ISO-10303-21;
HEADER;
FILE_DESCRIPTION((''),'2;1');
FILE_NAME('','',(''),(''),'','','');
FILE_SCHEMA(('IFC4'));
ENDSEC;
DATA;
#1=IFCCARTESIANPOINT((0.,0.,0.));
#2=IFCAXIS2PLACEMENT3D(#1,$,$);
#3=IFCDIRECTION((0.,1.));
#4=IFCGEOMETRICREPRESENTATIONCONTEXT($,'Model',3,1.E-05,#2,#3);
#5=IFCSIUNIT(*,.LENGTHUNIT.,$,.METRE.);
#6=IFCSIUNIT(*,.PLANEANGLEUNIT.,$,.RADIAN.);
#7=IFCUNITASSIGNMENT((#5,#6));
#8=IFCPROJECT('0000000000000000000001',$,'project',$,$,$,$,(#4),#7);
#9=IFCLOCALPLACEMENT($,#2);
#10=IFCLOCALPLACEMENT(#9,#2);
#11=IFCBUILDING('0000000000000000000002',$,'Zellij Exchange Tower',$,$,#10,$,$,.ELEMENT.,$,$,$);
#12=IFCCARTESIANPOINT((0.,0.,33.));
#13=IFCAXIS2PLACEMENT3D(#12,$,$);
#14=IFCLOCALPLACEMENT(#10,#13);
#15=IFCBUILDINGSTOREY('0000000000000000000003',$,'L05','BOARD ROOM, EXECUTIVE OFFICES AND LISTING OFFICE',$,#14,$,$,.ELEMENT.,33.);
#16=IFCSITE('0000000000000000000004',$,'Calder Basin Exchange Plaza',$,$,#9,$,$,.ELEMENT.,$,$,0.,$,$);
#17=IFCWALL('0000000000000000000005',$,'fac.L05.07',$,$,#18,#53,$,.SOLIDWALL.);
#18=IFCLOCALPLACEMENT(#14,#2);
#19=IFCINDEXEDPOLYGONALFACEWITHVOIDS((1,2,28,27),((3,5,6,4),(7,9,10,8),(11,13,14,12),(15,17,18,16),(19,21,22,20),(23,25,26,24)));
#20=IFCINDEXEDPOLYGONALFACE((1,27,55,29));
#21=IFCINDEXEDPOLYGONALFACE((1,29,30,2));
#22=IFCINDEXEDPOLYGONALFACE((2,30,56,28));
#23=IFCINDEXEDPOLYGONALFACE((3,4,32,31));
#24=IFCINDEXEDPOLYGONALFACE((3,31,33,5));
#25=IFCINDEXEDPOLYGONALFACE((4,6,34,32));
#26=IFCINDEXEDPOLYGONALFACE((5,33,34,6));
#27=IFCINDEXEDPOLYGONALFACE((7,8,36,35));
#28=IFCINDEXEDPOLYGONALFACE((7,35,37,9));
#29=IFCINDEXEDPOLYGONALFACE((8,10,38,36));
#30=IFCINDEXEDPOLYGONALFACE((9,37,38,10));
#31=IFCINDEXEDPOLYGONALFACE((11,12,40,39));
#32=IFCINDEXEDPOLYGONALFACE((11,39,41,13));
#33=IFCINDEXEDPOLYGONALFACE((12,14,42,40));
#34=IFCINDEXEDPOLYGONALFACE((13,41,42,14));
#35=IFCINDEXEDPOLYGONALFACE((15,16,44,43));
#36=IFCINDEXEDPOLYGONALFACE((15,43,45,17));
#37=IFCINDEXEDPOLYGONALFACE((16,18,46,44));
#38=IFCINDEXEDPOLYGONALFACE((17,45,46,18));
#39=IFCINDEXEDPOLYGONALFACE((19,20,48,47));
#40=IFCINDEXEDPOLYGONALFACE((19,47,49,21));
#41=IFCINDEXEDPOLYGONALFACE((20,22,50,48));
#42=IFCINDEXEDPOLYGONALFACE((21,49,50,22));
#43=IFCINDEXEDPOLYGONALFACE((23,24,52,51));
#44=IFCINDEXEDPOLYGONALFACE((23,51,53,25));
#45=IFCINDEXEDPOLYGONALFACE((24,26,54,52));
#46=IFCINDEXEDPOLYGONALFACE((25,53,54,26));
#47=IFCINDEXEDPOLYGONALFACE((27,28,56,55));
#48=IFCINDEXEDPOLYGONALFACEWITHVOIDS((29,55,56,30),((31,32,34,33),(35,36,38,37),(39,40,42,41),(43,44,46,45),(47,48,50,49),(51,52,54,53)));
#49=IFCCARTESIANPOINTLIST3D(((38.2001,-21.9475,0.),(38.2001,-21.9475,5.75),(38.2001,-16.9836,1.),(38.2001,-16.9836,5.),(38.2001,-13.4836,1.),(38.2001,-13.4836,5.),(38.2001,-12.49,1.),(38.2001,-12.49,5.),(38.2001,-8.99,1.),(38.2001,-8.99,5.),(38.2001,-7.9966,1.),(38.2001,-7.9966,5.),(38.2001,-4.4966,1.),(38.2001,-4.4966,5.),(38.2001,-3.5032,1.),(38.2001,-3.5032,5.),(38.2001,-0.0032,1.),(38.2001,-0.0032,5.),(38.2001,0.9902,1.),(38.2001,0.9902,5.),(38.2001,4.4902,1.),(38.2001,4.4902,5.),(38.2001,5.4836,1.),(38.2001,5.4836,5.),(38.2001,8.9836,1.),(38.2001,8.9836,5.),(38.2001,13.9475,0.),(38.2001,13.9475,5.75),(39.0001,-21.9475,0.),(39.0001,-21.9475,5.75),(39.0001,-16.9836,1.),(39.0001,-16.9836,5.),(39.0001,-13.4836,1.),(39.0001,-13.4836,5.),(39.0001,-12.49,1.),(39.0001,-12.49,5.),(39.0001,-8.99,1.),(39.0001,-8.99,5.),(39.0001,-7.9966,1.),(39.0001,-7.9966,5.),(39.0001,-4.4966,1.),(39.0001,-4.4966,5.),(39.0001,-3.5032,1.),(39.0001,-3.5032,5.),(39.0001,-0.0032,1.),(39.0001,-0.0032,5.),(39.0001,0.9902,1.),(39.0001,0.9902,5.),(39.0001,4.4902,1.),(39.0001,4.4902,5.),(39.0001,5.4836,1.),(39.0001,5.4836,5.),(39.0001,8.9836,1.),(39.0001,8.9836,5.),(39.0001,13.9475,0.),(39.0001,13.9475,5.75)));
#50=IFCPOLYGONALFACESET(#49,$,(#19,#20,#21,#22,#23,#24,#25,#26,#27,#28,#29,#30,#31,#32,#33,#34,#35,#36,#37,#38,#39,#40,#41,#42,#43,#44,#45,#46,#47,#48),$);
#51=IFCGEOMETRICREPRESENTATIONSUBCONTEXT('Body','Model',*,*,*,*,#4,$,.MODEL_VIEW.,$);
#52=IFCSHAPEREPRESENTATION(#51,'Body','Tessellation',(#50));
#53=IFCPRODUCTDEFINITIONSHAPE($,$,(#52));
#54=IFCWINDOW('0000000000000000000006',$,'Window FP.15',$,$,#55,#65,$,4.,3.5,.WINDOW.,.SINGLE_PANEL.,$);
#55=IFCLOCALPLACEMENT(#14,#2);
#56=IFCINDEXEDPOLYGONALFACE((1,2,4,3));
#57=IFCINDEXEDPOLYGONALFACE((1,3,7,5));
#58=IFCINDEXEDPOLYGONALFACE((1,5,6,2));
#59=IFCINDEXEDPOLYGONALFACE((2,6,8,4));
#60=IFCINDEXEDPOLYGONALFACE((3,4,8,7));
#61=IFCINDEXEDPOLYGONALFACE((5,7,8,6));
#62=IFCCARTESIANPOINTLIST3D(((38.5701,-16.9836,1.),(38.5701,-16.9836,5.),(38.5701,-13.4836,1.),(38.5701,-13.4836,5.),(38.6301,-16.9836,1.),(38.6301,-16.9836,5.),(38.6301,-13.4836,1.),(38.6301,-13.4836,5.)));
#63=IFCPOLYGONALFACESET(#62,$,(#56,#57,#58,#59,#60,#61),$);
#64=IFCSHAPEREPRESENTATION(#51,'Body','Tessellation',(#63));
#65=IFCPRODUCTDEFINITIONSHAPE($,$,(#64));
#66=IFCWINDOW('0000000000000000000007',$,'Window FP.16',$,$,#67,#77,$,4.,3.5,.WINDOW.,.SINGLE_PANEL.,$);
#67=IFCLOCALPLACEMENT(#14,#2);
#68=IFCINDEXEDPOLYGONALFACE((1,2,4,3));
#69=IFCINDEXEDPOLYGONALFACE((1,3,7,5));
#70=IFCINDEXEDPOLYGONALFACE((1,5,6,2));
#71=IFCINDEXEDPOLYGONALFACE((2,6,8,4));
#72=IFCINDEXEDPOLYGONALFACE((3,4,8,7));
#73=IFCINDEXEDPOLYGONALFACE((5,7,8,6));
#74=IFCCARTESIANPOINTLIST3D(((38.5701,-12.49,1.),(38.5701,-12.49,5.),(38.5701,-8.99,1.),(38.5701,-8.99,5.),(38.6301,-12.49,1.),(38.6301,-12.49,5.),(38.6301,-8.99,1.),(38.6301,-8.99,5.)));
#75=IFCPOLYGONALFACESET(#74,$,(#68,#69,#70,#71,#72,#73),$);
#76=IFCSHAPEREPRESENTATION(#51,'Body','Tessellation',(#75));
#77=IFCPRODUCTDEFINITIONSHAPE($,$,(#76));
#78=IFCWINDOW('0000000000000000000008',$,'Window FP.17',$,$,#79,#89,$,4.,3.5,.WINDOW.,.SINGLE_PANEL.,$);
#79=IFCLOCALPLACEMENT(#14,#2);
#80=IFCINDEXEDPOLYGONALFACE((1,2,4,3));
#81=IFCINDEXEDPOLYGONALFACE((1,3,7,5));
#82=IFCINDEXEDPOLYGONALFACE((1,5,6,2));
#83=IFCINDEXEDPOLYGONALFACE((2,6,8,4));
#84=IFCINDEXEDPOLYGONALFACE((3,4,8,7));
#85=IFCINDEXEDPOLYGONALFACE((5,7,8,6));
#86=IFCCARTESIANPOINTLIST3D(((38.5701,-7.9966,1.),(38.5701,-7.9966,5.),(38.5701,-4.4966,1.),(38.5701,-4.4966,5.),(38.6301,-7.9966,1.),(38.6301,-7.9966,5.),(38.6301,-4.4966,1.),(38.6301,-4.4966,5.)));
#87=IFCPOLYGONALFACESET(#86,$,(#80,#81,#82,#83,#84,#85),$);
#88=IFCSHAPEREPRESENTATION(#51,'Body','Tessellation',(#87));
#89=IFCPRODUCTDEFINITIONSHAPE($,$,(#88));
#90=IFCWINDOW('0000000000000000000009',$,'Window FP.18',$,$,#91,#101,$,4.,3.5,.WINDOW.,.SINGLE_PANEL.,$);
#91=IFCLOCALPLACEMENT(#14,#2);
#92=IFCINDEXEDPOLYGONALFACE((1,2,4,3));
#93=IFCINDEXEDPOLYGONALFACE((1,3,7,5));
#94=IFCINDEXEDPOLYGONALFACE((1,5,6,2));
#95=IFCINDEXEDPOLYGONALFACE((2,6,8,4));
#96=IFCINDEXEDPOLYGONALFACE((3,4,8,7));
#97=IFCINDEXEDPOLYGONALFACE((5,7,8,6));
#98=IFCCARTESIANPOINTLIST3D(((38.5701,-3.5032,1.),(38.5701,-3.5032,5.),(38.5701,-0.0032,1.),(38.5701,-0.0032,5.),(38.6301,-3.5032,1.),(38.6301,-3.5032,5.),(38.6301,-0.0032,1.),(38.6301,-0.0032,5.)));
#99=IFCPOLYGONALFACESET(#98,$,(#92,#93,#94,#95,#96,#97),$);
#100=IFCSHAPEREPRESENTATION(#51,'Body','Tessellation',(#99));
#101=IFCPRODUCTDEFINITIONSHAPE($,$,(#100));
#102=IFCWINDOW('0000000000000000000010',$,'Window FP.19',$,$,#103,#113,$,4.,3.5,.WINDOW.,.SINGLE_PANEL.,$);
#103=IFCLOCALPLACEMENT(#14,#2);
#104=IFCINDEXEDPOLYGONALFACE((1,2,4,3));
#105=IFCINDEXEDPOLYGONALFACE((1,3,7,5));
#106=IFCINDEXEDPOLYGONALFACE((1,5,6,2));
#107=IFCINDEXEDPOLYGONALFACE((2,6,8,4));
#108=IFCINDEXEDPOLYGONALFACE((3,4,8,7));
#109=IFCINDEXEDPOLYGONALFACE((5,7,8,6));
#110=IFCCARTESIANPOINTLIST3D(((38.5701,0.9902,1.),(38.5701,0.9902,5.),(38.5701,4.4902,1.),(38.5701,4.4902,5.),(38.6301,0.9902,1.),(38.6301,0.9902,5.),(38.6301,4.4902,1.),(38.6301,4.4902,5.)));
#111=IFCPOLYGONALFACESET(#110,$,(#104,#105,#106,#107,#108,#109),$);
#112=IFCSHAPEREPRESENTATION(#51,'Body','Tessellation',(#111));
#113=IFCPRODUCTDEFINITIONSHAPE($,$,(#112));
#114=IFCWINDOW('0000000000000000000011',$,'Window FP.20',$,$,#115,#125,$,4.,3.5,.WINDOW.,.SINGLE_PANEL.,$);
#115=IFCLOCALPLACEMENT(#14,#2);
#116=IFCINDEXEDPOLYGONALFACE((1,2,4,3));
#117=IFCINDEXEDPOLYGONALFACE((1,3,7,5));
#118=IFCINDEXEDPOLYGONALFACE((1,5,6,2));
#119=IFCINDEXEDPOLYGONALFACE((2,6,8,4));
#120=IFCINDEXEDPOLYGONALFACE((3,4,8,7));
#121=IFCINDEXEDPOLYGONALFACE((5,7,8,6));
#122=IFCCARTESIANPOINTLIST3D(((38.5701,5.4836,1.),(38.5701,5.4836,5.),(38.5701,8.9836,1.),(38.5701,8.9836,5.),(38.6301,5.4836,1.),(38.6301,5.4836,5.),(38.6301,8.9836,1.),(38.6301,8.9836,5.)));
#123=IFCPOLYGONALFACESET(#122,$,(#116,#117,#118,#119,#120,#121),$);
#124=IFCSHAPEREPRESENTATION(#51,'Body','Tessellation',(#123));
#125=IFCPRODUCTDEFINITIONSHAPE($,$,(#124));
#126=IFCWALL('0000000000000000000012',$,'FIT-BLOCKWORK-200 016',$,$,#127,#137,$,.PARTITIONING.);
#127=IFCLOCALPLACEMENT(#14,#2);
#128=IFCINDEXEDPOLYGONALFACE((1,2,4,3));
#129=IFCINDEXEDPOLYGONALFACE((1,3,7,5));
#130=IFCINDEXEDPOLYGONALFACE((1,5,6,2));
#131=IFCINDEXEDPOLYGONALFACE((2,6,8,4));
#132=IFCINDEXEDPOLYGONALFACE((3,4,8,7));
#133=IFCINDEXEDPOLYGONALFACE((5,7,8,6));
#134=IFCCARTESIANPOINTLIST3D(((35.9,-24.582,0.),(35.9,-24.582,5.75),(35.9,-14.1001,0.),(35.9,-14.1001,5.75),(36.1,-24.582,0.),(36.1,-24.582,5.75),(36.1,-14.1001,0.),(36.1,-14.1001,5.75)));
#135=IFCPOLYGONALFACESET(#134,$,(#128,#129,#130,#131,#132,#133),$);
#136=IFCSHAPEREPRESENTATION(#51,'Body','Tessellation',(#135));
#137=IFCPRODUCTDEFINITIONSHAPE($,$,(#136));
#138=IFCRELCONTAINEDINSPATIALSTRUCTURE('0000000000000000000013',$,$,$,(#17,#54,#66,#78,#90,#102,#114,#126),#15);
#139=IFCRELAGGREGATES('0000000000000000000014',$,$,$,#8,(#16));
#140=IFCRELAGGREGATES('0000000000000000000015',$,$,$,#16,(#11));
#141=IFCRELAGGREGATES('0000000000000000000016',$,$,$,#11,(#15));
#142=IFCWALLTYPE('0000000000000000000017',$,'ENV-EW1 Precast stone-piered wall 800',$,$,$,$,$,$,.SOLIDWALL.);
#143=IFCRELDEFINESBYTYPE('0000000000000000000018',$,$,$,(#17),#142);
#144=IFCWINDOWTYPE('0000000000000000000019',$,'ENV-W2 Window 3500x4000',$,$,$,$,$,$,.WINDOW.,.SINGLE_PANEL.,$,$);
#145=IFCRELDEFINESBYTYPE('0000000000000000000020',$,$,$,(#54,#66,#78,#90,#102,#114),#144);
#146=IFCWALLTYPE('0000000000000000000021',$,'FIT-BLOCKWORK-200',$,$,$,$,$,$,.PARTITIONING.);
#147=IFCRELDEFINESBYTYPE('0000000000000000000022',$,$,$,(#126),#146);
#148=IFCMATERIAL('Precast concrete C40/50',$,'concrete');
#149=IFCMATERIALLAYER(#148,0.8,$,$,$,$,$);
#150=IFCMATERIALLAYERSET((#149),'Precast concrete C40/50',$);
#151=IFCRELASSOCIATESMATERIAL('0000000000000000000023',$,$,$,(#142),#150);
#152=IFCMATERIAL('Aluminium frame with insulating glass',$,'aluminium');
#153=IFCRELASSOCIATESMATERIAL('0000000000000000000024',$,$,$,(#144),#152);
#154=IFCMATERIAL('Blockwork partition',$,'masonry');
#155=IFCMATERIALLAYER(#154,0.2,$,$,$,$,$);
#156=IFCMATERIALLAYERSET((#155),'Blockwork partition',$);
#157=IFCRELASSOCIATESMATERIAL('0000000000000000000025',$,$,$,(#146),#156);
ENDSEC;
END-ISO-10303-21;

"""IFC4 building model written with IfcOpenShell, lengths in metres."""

from ifc_helpers import new_model, si_unit, direction, frame, frame_2d, origin, place, context, subcontext, project, spatial, rectangle, extrude, material, layer, layer_set, type_object, element, fill, save


model = new_model("IFC4")

# Units and contexts
model_context = context("Model", 3, precision=1e-05, world=origin(), true_north=direction((0.0, 1.0)))
body_context = subcontext(model_context, "Body", "Model", "MODEL_VIEW")
ifc_project = project(units=[si_unit("LENGTHUNIT", "METRE"), si_unit("PLANEANGLEUNIT", "RADIAN")], contexts=[model_context])

# Site, building, storey
site_placement = place(None, origin())
site = spatial("IfcSite", under=ifc_project, at=site_placement, Name="Calder Basin Exchange Plaza", CompositionType="ELEMENT", RefElevation=0.0)
building_placement = place(site_placement, origin())
building = spatial("IfcBuilding", under=site, at=building_placement, Name="Zellij Exchange Tower", CompositionType="ELEMENT")
storey_placement = place(building_placement, frame((0.0, 0.0, 33.0)))
storey = spatial("IfcBuildingStorey", under=building, at=storey_placement, Name="L05", Description="BOARD ROOM, EXECUTIVE OFFICES AND LISTING OFFICE", CompositionType="ELEMENT", Elevation=33.0)

# Shared definitions
ifc_material_1 = material(Name="Precast concrete C40/50", Category="concrete")
ifc_layer_1 = layer(ifc_material_1, 0.8)
ifc_layer_set_1 = layer_set([ifc_layer_1], Name="Precast concrete C40/50")
wall_type_1 = type_object("IfcWallType", Name="ENV-EW1 Precast stone-piered wall 800", PredefinedType="SOLIDWALL", material=ifc_layer_set_1)

# Wall, openings, windows
wall_1_placement = place(storey_placement, frame((38.6001, -21.9475, 0.0), z_axis=(0.0, 0.0, 1.0), x_axis=(0.0, 1.0, 0.0)))
wall_1 = element("IfcWall", 1, at=wall_1_placement, inside=storey, type_object=wall_type_1, Name="fac.L05.07", PredefinedType="SOLIDWALL", context=body_context, shape_type="SweptSolid", body=[
    extrude(rectangle(XDim=35.895, YDim=0.8, at=frame_2d((17.9475, 0.0))), origin(), (0.0, 0.0, 1.0), 5.75),
])
opening_1_placement = place(wall_1_placement, frame((4.9639, 0.0, 1.0)))
opening_1 = element("IfcOpeningElement", 2, at=opening_1_placement, cuts=wall_1, PredefinedType="OPENING", context=body_context, shape_type="SweptSolid", body=[
    extrude(rectangle(XDim=3.5, YDim=4.0, at=frame_2d((1.75, 2.0))), frame((0.0, 0.4121, 0.0), z_axis=(0.0, -1.0, 0.0), x_axis=(1.0, 0.0, 0.0)), (0.0, 0.0, 1.0), 0.824),
])
opening_2_placement = place(wall_1_placement, frame((9.4575, 0.0, 1.0)))
opening_2 = element("IfcOpeningElement", 3, at=opening_2_placement, cuts=wall_1, PredefinedType="OPENING", context=body_context, shape_type="SweptSolid", body=[
    extrude(rectangle(XDim=3.5, YDim=4.0, at=frame_2d((1.75, 2.0))), frame((0.0, 0.4121, 0.0), z_axis=(0.0, -1.0, 0.0), x_axis=(1.0, 0.0, 0.0)), (0.0, 0.0, 1.0), 0.824),
])
opening_3_placement = place(wall_1_placement, frame((13.9509, 0.0, 1.0)))
opening_3 = element("IfcOpeningElement", 4, at=opening_3_placement, cuts=wall_1, PredefinedType="OPENING", context=body_context, shape_type="SweptSolid", body=[
    extrude(rectangle(XDim=3.5, YDim=4.0, at=frame_2d((1.75, 2.0))), frame((0.0, 0.4121, 0.0), z_axis=(0.0, -1.0, 0.0), x_axis=(1.0, 0.0, 0.0)), (0.0, 0.0, 1.0), 0.824),
])
opening_4_placement = place(wall_1_placement, frame((18.4443, 0.0, 1.0)))
opening_4 = element("IfcOpeningElement", 5, at=opening_4_placement, cuts=wall_1, PredefinedType="OPENING", context=body_context, shape_type="SweptSolid", body=[
    extrude(rectangle(XDim=3.5, YDim=4.0, at=frame_2d((1.75, 2.0))), frame((0.0, 0.4121, 0.0), z_axis=(0.0, -1.0, 0.0), x_axis=(1.0, 0.0, 0.0)), (0.0, 0.0, 1.0), 0.824),
])
opening_5_placement = place(wall_1_placement, frame((22.9377, 0.0, 1.0)))
opening_5 = element("IfcOpeningElement", 6, at=opening_5_placement, cuts=wall_1, PredefinedType="OPENING", context=body_context, shape_type="SweptSolid", body=[
    extrude(rectangle(XDim=3.5, YDim=4.0, at=frame_2d((1.75, 2.0))), frame((0.0, 0.4121, 0.0), z_axis=(0.0, -1.0, 0.0), x_axis=(1.0, 0.0, 0.0)), (0.0, 0.0, 1.0), 0.824),
])
opening_6_placement = place(wall_1_placement, frame((27.4312, 0.0, 1.0)))
opening_6 = element("IfcOpeningElement", 7, at=opening_6_placement, cuts=wall_1, PredefinedType="OPENING", context=body_context, shape_type="SweptSolid", body=[
    extrude(rectangle(XDim=3.5, YDim=4.0, at=frame_2d((1.75, 2.0))), frame((0.0, 0.4121, 0.0), z_axis=(0.0, -1.0, 0.0), x_axis=(1.0, 0.0, 0.0)), (0.0, 0.0, 1.0), 0.824),
])
ifc_material_2 = material(Name="Aluminium frame with insulating glass", Category="aluminium")
window_type = type_object("IfcWindowType", Name="ENV-W2 Window 3500x4000", PartitioningType="SINGLE_PANEL", PredefinedType="WINDOW", material=ifc_material_2)
window_1_placement = place(opening_1_placement, origin())
window_1 = element("IfcWindow", 8, at=window_1_placement, inside=storey, type_object=window_type, Name="Window FP.15", OverallHeight=4.0, OverallWidth=3.5, PartitioningType="SINGLE_PANEL", PredefinedType="WINDOW", context=body_context, shape_type="SweptSolid", body=[
    extrude(rectangle(XDim=3.5, YDim=4.0, at=frame_2d((1.75, 2.0))), frame((0.0, 0.03, 0.0), z_axis=(0.0, -1.0, 0.0), x_axis=(1.0, 0.0, 0.0)), (0.0, 0.0, 1.0), 0.0601),
])
fill(opening_1, window_1)
window_2_placement = place(opening_2_placement, origin())
window_2 = element("IfcWindow", 9, at=window_2_placement, inside=storey, type_object=window_type, Name="Window FP.16", OverallHeight=4.0, OverallWidth=3.5, PartitioningType="SINGLE_PANEL", PredefinedType="WINDOW", context=body_context, shape_type="SweptSolid", body=[
    extrude(rectangle(XDim=3.5, YDim=4.0, at=frame_2d((1.75, 2.0))), frame((0.0, 0.03, 0.0), z_axis=(0.0, -1.0, 0.0), x_axis=(1.0, 0.0, 0.0)), (0.0, 0.0, 1.0), 0.0601),
])
fill(opening_2, window_2)
window_3_placement = place(opening_3_placement, origin())
window_3 = element("IfcWindow", 10, at=window_3_placement, inside=storey, type_object=window_type, Name="Window FP.17", OverallHeight=4.0, OverallWidth=3.5, PartitioningType="SINGLE_PANEL", PredefinedType="WINDOW", context=body_context, shape_type="SweptSolid", body=[
    extrude(rectangle(XDim=3.5, YDim=4.0, at=frame_2d((1.75, 2.0))), frame((0.0, 0.03, 0.0), z_axis=(0.0, -1.0, 0.0), x_axis=(1.0, 0.0, 0.0)), (0.0, 0.0, 1.0), 0.0601),
])
fill(opening_3, window_3)
window_4_placement = place(opening_4_placement, origin())
window_4 = element("IfcWindow", 11, at=window_4_placement, inside=storey, type_object=window_type, Name="Window FP.18", OverallHeight=4.0, OverallWidth=3.5, PartitioningType="SINGLE_PANEL", PredefinedType="WINDOW", context=body_context, shape_type="SweptSolid", body=[
    extrude(rectangle(XDim=3.5, YDim=4.0, at=frame_2d((1.75, 2.0))), frame((0.0, 0.03, 0.0), z_axis=(0.0, -1.0, 0.0), x_axis=(1.0, 0.0, 0.0)), (0.0, 0.0, 1.0), 0.0601),
])
fill(opening_4, window_4)
window_5_placement = place(opening_5_placement, origin())
window_5 = element("IfcWindow", 12, at=window_5_placement, inside=storey, type_object=window_type, Name="Window FP.19", OverallHeight=4.0, OverallWidth=3.5, PartitioningType="SINGLE_PANEL", PredefinedType="WINDOW", context=body_context, shape_type="SweptSolid", body=[
    extrude(rectangle(XDim=3.5, YDim=4.0, at=frame_2d((1.75, 2.0))), frame((0.0, 0.03, 0.0), z_axis=(0.0, -1.0, 0.0), x_axis=(1.0, 0.0, 0.0)), (0.0, 0.0, 1.0), 0.0601),
])
fill(opening_5, window_5)
window_6_placement = place(opening_6_placement, origin())
window_6 = element("IfcWindow", 13, at=window_6_placement, inside=storey, type_object=window_type, Name="Window FP.20", OverallHeight=4.0, OverallWidth=3.5, PartitioningType="SINGLE_PANEL", PredefinedType="WINDOW", context=body_context, shape_type="SweptSolid", body=[
    extrude(rectangle(XDim=3.5, YDim=4.0, at=frame_2d((1.75, 2.0))), frame((0.0, 0.03, 0.0), z_axis=(0.0, -1.0, 0.0), x_axis=(1.0, 0.0, 0.0)), (0.0, 0.0, 1.0), 0.0601),
])
fill(opening_6, window_6)

# Wall
ifc_material_3 = material(Name="Blockwork partition", Category="masonry")
ifc_layer_2 = layer(ifc_material_3, 0.2)
ifc_layer_set_2 = layer_set([ifc_layer_2], Name="Blockwork partition")
wall_type_2 = type_object("IfcWallType", Name="FIT-BLOCKWORK-200", PredefinedType="PARTITIONING", material=ifc_layer_set_2)
wall_2_placement = place(storey_placement, frame((36.0, -24.582, 0.0), z_axis=(0.0, 0.0, 1.0), x_axis=(0.0, 1.0, 0.0)))
element("IfcWall", 14, at=wall_2_placement, inside=storey, type_object=wall_type_2, Name="FIT-BLOCKWORK-200 016", PredefinedType="PARTITIONING", context=body_context, shape_type="SweptSolid", body=[
    extrude(rectangle(XDim=10.4819, YDim=0.2, at=frame_2d((5.241, 0.0))), origin(), (0.0, 0.0, 1.0), 5.75),
])

save(model, "model.ifc")
